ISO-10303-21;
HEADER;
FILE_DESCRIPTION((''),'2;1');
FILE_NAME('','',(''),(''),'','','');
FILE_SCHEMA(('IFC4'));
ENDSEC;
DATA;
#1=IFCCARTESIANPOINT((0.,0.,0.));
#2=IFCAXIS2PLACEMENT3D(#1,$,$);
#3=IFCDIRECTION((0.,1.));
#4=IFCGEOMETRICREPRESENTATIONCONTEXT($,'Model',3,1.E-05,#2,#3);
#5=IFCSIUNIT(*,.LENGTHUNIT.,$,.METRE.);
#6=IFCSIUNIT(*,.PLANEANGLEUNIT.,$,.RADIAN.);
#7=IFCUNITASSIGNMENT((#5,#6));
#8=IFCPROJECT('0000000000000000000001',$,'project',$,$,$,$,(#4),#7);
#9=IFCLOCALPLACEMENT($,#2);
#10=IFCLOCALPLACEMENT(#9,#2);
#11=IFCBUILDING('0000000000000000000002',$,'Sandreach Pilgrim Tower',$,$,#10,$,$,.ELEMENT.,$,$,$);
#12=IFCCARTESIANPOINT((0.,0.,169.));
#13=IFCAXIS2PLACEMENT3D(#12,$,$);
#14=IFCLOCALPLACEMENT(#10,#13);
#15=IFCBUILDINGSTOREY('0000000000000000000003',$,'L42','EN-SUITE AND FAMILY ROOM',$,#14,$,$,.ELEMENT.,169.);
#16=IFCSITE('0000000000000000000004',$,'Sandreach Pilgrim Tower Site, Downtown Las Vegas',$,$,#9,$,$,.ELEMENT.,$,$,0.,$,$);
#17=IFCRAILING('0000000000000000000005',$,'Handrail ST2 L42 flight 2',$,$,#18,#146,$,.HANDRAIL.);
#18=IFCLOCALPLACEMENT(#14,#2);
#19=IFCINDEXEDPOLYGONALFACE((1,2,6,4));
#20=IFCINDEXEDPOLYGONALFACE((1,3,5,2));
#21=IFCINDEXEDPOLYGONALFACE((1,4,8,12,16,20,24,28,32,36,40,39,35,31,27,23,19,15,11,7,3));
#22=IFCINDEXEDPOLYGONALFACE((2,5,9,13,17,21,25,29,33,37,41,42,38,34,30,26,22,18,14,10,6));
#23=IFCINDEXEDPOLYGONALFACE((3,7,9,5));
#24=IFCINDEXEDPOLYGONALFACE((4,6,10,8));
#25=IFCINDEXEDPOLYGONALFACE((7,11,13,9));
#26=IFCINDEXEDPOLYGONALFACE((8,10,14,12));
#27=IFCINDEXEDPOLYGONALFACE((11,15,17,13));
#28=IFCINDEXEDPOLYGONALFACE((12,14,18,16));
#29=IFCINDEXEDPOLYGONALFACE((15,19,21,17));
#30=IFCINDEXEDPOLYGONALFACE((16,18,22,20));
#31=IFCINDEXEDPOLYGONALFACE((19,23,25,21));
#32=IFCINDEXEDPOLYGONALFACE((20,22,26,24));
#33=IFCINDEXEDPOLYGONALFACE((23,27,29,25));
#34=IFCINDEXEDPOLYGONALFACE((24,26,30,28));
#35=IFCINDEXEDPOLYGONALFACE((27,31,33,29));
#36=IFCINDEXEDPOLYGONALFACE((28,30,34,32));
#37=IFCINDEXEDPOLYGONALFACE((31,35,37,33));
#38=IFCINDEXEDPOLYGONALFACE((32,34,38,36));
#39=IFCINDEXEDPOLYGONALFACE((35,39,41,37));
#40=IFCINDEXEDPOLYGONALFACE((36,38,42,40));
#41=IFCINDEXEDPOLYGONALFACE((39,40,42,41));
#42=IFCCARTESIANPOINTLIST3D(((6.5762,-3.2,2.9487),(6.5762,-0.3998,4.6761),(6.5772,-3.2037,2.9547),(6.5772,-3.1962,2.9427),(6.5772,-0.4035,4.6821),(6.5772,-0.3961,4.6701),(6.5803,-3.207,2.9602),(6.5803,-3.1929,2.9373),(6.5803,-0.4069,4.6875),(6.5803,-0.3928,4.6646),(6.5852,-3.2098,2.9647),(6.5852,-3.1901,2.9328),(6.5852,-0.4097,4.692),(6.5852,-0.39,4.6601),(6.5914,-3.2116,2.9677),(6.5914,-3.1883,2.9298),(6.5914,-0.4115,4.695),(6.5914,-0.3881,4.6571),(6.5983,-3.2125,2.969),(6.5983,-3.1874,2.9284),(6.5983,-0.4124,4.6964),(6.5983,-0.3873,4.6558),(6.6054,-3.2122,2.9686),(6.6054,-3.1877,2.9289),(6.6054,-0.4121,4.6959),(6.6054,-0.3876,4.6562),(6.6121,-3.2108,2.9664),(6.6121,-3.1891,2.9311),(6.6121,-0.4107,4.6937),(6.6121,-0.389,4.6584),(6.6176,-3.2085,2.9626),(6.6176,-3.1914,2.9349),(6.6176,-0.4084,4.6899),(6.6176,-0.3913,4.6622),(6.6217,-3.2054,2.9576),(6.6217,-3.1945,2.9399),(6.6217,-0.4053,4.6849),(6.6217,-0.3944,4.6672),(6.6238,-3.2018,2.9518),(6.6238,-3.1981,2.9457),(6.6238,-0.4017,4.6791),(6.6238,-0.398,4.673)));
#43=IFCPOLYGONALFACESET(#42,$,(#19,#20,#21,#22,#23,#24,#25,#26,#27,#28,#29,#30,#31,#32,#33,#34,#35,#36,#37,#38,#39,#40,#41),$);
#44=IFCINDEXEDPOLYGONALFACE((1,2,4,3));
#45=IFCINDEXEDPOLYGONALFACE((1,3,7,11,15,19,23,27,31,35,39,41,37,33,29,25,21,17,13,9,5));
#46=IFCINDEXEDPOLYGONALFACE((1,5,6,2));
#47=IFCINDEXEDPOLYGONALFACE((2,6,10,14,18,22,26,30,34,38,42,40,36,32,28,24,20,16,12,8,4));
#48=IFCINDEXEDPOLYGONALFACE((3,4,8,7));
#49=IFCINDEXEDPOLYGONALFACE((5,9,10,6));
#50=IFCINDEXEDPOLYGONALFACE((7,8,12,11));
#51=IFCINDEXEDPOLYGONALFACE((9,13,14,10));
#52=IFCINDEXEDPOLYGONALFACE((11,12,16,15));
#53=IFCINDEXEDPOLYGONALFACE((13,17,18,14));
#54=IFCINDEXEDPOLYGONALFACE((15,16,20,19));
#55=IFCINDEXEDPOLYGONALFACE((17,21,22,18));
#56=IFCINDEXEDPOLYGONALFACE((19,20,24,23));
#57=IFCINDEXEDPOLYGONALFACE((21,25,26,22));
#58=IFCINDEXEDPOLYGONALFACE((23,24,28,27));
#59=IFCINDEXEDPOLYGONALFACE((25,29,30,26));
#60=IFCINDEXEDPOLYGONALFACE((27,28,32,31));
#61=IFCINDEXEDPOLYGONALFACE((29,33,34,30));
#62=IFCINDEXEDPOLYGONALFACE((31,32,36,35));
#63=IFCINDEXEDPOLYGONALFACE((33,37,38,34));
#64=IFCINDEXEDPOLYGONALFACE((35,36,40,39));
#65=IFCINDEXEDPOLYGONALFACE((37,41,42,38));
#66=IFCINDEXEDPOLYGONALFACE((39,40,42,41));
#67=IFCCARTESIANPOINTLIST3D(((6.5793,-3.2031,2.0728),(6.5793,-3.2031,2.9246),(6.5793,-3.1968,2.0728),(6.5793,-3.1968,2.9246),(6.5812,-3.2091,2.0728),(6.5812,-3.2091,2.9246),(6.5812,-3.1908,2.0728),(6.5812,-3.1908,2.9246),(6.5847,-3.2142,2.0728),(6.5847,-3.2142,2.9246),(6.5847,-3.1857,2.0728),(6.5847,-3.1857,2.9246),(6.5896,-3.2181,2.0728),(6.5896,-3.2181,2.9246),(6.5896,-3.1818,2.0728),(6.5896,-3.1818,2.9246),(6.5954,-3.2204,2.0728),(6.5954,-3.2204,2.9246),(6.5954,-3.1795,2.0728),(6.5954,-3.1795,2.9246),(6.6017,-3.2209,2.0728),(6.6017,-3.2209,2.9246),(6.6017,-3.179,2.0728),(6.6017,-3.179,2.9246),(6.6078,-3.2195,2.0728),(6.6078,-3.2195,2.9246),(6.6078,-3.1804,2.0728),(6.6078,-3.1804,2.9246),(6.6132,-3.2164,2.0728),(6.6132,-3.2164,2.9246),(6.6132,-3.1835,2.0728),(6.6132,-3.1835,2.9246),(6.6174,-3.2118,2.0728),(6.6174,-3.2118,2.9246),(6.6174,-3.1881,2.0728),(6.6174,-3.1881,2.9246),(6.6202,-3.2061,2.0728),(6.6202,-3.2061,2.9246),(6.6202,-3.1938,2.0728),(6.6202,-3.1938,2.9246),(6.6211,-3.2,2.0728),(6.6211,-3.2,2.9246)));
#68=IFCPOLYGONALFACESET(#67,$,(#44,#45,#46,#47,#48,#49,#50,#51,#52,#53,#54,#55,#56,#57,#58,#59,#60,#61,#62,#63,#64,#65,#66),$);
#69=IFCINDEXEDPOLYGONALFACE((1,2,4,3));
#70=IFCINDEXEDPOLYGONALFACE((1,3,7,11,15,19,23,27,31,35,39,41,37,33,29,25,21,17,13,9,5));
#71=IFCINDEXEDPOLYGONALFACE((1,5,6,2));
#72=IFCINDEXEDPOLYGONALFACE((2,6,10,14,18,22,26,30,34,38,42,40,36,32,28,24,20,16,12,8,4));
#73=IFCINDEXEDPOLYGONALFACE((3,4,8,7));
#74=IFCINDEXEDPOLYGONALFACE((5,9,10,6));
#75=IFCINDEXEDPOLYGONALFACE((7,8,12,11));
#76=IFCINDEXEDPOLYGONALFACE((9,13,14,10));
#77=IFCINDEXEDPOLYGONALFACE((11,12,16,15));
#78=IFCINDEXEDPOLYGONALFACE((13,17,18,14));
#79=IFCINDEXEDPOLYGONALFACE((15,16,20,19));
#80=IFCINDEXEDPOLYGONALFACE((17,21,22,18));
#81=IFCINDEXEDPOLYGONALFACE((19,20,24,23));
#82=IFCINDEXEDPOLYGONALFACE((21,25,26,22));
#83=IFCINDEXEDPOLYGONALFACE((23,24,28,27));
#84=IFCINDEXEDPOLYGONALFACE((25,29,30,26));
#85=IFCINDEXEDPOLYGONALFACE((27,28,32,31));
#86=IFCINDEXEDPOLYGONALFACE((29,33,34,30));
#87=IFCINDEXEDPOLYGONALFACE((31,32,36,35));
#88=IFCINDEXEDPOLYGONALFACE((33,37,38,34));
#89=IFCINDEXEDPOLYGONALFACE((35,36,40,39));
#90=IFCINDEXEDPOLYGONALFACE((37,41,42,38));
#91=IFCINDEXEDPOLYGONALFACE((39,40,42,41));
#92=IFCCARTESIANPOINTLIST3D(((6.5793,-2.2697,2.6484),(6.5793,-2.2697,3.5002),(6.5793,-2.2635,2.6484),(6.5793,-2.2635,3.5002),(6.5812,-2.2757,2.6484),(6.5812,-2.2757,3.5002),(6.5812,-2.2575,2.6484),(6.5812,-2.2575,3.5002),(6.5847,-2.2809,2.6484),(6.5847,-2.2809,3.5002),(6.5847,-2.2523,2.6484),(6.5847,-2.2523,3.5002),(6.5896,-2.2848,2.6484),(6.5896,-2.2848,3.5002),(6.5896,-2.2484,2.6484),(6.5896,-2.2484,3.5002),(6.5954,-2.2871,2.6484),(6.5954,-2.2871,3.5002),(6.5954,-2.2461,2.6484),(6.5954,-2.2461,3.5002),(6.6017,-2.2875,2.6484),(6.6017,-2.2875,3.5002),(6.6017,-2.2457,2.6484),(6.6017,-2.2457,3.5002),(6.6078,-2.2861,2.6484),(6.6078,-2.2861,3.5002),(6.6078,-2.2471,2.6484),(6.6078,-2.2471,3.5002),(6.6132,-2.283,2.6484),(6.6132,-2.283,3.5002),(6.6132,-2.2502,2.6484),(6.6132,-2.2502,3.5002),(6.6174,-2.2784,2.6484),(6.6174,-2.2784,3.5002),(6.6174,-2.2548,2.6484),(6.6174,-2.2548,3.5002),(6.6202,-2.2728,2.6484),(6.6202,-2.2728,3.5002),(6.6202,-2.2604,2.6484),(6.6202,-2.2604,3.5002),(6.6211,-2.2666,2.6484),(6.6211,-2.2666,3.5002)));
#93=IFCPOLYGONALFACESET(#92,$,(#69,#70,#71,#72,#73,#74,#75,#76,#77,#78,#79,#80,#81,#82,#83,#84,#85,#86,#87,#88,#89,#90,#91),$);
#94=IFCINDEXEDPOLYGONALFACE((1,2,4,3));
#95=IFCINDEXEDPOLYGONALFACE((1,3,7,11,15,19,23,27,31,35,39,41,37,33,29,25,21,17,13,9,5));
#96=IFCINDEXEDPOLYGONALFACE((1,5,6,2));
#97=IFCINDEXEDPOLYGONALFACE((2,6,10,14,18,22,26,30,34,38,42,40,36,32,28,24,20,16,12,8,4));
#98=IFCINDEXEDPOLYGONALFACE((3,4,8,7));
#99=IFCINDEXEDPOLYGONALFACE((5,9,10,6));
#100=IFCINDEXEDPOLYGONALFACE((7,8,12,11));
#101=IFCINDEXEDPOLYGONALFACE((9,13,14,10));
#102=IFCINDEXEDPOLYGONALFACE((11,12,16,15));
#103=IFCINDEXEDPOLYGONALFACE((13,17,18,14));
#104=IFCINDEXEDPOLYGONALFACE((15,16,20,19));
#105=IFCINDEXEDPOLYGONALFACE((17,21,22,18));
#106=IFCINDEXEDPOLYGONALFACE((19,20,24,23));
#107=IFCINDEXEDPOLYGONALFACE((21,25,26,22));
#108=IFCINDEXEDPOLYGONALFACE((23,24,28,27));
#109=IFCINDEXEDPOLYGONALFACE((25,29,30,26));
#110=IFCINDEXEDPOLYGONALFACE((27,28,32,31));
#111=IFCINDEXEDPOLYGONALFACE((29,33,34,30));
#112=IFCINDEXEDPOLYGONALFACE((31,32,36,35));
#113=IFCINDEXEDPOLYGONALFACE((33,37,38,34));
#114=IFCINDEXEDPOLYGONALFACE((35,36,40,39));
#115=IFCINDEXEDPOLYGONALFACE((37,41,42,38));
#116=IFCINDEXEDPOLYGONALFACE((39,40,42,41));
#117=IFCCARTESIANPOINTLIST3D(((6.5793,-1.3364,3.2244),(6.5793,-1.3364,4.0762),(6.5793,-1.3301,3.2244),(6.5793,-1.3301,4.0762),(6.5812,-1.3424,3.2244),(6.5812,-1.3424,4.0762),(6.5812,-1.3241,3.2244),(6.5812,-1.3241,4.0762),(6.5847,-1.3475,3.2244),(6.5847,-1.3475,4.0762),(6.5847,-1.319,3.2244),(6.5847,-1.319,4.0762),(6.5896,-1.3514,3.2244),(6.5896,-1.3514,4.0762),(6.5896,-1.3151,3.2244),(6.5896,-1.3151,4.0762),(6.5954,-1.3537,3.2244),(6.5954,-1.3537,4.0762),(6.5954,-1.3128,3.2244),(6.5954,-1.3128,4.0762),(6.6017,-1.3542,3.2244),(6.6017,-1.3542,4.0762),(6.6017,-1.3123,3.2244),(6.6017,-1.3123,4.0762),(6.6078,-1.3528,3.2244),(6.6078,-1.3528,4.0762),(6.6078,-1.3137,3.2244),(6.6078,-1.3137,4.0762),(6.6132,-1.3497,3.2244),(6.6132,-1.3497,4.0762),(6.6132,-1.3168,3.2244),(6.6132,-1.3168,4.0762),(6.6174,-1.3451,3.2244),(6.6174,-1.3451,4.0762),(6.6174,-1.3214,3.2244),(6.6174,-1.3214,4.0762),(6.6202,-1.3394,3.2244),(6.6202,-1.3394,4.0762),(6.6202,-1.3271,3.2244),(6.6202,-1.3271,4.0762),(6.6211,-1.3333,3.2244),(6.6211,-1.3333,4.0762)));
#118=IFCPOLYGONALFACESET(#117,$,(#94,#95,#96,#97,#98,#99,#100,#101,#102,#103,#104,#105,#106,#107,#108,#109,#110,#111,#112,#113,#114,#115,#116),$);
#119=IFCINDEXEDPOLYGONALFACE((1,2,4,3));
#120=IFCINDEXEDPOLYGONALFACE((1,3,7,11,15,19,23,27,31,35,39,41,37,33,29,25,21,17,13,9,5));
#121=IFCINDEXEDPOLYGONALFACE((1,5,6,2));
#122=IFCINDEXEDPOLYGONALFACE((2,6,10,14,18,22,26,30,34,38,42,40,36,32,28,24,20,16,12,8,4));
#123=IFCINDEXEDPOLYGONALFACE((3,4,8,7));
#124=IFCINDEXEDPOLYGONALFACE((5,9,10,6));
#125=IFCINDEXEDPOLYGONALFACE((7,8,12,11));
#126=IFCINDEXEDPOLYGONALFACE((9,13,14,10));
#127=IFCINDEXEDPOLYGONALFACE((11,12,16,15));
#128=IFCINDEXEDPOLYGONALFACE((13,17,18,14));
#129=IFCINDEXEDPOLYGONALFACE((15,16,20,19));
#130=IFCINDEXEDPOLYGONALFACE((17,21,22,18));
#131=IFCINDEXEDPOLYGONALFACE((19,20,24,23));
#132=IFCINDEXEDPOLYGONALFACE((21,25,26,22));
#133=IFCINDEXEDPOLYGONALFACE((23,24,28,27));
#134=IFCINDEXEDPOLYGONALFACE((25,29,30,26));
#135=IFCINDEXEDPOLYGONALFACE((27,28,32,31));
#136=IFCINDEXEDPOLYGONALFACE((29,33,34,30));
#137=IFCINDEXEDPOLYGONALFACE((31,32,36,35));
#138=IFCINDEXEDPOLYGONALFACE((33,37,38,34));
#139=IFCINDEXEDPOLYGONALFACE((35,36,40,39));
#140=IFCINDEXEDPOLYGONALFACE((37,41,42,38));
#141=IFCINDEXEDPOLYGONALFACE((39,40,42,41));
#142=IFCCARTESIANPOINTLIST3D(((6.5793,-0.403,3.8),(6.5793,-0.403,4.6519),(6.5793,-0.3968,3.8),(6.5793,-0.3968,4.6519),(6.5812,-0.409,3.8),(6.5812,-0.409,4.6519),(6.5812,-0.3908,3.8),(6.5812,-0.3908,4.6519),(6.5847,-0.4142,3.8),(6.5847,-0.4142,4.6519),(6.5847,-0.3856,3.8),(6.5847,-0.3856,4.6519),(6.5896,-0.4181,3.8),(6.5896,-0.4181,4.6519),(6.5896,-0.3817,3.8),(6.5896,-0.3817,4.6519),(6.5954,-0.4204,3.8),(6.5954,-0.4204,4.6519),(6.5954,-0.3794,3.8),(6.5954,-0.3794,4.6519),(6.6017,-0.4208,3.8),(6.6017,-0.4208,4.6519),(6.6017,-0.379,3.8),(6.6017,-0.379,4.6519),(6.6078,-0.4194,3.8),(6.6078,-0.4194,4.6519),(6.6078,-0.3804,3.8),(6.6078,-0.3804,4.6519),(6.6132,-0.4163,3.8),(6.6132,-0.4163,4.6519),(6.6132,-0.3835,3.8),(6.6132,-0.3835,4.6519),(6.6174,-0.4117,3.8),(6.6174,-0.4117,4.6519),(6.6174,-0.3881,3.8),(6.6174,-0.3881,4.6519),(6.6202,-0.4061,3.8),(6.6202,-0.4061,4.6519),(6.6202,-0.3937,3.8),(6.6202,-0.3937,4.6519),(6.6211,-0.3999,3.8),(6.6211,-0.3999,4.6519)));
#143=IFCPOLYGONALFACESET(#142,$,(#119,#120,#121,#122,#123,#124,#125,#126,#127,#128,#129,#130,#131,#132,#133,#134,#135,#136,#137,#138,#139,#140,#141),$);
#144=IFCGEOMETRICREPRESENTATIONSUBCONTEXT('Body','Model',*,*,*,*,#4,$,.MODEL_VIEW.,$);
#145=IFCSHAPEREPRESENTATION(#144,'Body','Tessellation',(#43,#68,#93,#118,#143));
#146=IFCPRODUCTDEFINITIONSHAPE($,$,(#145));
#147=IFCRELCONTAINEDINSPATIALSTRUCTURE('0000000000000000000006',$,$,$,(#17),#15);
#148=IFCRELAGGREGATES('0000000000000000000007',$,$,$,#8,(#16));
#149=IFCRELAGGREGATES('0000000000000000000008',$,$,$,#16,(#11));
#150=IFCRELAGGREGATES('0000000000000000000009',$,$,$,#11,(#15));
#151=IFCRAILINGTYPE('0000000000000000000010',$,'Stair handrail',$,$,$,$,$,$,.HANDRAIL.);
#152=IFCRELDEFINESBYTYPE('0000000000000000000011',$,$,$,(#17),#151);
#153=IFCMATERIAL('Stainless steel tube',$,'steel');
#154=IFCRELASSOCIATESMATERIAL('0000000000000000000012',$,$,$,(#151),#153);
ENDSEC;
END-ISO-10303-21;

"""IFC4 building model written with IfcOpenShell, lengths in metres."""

from ifc_helpers import new_model, si_unit, direction, frame, origin, origin_2d, place, context, subcontext, project, spatial, circle, extrude, material, type_object, element, save


model = new_model("IFC4")

# Units and contexts
model_context = context("Model", 3, precision=1e-05, world=origin(), true_north=direction((0.0, 1.0)))
body_context = subcontext(model_context, "Body", "Model", "MODEL_VIEW")
ifc_project = project(units=[si_unit("LENGTHUNIT", "METRE"), si_unit("PLANEANGLEUNIT", "RADIAN")], contexts=[model_context])

# Site, building, storey
site_placement = place(None, origin())
site = spatial("IfcSite", under=ifc_project, at=site_placement, Name="Sandreach Pilgrim Tower Site, Downtown Las Vegas", CompositionType="ELEMENT", RefElevation=0.0)
building_placement = place(site_placement, origin())
building = spatial("IfcBuilding", under=site, at=building_placement, Name="Sandreach Pilgrim Tower", CompositionType="ELEMENT")
storey_placement = place(building_placement, frame((0.0, 0.0, 169.0)))
storey = spatial("IfcBuildingStorey", under=building, at=storey_placement, Name="L42", Description="EN-SUITE AND FAMILY ROOM", CompositionType="ELEMENT", Elevation=169.0)

# Railing
ifc_material_1 = material(Name="Stainless steel tube", Category="steel")
railing_type = type_object("IfcRailingType", Name="Stair handrail", PredefinedType="HANDRAIL", material=ifc_material_1)
for number, where, name in (
    (1, (6.6001, -3.2, 2.0728), "Handrail ST2 L42 flight 2"),
):
    element("IfcRailing", number, at=place(storey_placement, frame(where)), inside=storey, type_object=railing_type, Name=name, PredefinedType="HANDRAIL", context=body_context, shape_type="SweptSolid", body=[
        extrude(circle(Radius=0.0239, at=origin_2d()), frame((0.0, 0.0, 0.876), z_axis=(0.0, 0.85109, 0.52502), x_axis=(-1.0, 0.0, 0.0)), (0.0, 0.0, 1.0), 3.29),
        extrude(circle(Radius=0.021, at=origin_2d()), origin(), (0.0, 0.0, 1.0), 0.8518),
        extrude(circle(Radius=0.021, at=origin_2d()), frame((0.0, 0.9333, 0.5757)), (0.0, 0.0, 1.0), 0.8518),
        extrude(circle(Radius=0.021, at=origin_2d()), frame((0.0, 1.8667, 1.1516)), (0.0, 0.0, 1.0), 0.8518),
        extrude(circle(Radius=0.021, at=origin_2d()), frame((0.0, 2.8, 1.7273)), (0.0, 0.0, 1.0), 0.8518),
    ])

save(model, "model.ifc")
